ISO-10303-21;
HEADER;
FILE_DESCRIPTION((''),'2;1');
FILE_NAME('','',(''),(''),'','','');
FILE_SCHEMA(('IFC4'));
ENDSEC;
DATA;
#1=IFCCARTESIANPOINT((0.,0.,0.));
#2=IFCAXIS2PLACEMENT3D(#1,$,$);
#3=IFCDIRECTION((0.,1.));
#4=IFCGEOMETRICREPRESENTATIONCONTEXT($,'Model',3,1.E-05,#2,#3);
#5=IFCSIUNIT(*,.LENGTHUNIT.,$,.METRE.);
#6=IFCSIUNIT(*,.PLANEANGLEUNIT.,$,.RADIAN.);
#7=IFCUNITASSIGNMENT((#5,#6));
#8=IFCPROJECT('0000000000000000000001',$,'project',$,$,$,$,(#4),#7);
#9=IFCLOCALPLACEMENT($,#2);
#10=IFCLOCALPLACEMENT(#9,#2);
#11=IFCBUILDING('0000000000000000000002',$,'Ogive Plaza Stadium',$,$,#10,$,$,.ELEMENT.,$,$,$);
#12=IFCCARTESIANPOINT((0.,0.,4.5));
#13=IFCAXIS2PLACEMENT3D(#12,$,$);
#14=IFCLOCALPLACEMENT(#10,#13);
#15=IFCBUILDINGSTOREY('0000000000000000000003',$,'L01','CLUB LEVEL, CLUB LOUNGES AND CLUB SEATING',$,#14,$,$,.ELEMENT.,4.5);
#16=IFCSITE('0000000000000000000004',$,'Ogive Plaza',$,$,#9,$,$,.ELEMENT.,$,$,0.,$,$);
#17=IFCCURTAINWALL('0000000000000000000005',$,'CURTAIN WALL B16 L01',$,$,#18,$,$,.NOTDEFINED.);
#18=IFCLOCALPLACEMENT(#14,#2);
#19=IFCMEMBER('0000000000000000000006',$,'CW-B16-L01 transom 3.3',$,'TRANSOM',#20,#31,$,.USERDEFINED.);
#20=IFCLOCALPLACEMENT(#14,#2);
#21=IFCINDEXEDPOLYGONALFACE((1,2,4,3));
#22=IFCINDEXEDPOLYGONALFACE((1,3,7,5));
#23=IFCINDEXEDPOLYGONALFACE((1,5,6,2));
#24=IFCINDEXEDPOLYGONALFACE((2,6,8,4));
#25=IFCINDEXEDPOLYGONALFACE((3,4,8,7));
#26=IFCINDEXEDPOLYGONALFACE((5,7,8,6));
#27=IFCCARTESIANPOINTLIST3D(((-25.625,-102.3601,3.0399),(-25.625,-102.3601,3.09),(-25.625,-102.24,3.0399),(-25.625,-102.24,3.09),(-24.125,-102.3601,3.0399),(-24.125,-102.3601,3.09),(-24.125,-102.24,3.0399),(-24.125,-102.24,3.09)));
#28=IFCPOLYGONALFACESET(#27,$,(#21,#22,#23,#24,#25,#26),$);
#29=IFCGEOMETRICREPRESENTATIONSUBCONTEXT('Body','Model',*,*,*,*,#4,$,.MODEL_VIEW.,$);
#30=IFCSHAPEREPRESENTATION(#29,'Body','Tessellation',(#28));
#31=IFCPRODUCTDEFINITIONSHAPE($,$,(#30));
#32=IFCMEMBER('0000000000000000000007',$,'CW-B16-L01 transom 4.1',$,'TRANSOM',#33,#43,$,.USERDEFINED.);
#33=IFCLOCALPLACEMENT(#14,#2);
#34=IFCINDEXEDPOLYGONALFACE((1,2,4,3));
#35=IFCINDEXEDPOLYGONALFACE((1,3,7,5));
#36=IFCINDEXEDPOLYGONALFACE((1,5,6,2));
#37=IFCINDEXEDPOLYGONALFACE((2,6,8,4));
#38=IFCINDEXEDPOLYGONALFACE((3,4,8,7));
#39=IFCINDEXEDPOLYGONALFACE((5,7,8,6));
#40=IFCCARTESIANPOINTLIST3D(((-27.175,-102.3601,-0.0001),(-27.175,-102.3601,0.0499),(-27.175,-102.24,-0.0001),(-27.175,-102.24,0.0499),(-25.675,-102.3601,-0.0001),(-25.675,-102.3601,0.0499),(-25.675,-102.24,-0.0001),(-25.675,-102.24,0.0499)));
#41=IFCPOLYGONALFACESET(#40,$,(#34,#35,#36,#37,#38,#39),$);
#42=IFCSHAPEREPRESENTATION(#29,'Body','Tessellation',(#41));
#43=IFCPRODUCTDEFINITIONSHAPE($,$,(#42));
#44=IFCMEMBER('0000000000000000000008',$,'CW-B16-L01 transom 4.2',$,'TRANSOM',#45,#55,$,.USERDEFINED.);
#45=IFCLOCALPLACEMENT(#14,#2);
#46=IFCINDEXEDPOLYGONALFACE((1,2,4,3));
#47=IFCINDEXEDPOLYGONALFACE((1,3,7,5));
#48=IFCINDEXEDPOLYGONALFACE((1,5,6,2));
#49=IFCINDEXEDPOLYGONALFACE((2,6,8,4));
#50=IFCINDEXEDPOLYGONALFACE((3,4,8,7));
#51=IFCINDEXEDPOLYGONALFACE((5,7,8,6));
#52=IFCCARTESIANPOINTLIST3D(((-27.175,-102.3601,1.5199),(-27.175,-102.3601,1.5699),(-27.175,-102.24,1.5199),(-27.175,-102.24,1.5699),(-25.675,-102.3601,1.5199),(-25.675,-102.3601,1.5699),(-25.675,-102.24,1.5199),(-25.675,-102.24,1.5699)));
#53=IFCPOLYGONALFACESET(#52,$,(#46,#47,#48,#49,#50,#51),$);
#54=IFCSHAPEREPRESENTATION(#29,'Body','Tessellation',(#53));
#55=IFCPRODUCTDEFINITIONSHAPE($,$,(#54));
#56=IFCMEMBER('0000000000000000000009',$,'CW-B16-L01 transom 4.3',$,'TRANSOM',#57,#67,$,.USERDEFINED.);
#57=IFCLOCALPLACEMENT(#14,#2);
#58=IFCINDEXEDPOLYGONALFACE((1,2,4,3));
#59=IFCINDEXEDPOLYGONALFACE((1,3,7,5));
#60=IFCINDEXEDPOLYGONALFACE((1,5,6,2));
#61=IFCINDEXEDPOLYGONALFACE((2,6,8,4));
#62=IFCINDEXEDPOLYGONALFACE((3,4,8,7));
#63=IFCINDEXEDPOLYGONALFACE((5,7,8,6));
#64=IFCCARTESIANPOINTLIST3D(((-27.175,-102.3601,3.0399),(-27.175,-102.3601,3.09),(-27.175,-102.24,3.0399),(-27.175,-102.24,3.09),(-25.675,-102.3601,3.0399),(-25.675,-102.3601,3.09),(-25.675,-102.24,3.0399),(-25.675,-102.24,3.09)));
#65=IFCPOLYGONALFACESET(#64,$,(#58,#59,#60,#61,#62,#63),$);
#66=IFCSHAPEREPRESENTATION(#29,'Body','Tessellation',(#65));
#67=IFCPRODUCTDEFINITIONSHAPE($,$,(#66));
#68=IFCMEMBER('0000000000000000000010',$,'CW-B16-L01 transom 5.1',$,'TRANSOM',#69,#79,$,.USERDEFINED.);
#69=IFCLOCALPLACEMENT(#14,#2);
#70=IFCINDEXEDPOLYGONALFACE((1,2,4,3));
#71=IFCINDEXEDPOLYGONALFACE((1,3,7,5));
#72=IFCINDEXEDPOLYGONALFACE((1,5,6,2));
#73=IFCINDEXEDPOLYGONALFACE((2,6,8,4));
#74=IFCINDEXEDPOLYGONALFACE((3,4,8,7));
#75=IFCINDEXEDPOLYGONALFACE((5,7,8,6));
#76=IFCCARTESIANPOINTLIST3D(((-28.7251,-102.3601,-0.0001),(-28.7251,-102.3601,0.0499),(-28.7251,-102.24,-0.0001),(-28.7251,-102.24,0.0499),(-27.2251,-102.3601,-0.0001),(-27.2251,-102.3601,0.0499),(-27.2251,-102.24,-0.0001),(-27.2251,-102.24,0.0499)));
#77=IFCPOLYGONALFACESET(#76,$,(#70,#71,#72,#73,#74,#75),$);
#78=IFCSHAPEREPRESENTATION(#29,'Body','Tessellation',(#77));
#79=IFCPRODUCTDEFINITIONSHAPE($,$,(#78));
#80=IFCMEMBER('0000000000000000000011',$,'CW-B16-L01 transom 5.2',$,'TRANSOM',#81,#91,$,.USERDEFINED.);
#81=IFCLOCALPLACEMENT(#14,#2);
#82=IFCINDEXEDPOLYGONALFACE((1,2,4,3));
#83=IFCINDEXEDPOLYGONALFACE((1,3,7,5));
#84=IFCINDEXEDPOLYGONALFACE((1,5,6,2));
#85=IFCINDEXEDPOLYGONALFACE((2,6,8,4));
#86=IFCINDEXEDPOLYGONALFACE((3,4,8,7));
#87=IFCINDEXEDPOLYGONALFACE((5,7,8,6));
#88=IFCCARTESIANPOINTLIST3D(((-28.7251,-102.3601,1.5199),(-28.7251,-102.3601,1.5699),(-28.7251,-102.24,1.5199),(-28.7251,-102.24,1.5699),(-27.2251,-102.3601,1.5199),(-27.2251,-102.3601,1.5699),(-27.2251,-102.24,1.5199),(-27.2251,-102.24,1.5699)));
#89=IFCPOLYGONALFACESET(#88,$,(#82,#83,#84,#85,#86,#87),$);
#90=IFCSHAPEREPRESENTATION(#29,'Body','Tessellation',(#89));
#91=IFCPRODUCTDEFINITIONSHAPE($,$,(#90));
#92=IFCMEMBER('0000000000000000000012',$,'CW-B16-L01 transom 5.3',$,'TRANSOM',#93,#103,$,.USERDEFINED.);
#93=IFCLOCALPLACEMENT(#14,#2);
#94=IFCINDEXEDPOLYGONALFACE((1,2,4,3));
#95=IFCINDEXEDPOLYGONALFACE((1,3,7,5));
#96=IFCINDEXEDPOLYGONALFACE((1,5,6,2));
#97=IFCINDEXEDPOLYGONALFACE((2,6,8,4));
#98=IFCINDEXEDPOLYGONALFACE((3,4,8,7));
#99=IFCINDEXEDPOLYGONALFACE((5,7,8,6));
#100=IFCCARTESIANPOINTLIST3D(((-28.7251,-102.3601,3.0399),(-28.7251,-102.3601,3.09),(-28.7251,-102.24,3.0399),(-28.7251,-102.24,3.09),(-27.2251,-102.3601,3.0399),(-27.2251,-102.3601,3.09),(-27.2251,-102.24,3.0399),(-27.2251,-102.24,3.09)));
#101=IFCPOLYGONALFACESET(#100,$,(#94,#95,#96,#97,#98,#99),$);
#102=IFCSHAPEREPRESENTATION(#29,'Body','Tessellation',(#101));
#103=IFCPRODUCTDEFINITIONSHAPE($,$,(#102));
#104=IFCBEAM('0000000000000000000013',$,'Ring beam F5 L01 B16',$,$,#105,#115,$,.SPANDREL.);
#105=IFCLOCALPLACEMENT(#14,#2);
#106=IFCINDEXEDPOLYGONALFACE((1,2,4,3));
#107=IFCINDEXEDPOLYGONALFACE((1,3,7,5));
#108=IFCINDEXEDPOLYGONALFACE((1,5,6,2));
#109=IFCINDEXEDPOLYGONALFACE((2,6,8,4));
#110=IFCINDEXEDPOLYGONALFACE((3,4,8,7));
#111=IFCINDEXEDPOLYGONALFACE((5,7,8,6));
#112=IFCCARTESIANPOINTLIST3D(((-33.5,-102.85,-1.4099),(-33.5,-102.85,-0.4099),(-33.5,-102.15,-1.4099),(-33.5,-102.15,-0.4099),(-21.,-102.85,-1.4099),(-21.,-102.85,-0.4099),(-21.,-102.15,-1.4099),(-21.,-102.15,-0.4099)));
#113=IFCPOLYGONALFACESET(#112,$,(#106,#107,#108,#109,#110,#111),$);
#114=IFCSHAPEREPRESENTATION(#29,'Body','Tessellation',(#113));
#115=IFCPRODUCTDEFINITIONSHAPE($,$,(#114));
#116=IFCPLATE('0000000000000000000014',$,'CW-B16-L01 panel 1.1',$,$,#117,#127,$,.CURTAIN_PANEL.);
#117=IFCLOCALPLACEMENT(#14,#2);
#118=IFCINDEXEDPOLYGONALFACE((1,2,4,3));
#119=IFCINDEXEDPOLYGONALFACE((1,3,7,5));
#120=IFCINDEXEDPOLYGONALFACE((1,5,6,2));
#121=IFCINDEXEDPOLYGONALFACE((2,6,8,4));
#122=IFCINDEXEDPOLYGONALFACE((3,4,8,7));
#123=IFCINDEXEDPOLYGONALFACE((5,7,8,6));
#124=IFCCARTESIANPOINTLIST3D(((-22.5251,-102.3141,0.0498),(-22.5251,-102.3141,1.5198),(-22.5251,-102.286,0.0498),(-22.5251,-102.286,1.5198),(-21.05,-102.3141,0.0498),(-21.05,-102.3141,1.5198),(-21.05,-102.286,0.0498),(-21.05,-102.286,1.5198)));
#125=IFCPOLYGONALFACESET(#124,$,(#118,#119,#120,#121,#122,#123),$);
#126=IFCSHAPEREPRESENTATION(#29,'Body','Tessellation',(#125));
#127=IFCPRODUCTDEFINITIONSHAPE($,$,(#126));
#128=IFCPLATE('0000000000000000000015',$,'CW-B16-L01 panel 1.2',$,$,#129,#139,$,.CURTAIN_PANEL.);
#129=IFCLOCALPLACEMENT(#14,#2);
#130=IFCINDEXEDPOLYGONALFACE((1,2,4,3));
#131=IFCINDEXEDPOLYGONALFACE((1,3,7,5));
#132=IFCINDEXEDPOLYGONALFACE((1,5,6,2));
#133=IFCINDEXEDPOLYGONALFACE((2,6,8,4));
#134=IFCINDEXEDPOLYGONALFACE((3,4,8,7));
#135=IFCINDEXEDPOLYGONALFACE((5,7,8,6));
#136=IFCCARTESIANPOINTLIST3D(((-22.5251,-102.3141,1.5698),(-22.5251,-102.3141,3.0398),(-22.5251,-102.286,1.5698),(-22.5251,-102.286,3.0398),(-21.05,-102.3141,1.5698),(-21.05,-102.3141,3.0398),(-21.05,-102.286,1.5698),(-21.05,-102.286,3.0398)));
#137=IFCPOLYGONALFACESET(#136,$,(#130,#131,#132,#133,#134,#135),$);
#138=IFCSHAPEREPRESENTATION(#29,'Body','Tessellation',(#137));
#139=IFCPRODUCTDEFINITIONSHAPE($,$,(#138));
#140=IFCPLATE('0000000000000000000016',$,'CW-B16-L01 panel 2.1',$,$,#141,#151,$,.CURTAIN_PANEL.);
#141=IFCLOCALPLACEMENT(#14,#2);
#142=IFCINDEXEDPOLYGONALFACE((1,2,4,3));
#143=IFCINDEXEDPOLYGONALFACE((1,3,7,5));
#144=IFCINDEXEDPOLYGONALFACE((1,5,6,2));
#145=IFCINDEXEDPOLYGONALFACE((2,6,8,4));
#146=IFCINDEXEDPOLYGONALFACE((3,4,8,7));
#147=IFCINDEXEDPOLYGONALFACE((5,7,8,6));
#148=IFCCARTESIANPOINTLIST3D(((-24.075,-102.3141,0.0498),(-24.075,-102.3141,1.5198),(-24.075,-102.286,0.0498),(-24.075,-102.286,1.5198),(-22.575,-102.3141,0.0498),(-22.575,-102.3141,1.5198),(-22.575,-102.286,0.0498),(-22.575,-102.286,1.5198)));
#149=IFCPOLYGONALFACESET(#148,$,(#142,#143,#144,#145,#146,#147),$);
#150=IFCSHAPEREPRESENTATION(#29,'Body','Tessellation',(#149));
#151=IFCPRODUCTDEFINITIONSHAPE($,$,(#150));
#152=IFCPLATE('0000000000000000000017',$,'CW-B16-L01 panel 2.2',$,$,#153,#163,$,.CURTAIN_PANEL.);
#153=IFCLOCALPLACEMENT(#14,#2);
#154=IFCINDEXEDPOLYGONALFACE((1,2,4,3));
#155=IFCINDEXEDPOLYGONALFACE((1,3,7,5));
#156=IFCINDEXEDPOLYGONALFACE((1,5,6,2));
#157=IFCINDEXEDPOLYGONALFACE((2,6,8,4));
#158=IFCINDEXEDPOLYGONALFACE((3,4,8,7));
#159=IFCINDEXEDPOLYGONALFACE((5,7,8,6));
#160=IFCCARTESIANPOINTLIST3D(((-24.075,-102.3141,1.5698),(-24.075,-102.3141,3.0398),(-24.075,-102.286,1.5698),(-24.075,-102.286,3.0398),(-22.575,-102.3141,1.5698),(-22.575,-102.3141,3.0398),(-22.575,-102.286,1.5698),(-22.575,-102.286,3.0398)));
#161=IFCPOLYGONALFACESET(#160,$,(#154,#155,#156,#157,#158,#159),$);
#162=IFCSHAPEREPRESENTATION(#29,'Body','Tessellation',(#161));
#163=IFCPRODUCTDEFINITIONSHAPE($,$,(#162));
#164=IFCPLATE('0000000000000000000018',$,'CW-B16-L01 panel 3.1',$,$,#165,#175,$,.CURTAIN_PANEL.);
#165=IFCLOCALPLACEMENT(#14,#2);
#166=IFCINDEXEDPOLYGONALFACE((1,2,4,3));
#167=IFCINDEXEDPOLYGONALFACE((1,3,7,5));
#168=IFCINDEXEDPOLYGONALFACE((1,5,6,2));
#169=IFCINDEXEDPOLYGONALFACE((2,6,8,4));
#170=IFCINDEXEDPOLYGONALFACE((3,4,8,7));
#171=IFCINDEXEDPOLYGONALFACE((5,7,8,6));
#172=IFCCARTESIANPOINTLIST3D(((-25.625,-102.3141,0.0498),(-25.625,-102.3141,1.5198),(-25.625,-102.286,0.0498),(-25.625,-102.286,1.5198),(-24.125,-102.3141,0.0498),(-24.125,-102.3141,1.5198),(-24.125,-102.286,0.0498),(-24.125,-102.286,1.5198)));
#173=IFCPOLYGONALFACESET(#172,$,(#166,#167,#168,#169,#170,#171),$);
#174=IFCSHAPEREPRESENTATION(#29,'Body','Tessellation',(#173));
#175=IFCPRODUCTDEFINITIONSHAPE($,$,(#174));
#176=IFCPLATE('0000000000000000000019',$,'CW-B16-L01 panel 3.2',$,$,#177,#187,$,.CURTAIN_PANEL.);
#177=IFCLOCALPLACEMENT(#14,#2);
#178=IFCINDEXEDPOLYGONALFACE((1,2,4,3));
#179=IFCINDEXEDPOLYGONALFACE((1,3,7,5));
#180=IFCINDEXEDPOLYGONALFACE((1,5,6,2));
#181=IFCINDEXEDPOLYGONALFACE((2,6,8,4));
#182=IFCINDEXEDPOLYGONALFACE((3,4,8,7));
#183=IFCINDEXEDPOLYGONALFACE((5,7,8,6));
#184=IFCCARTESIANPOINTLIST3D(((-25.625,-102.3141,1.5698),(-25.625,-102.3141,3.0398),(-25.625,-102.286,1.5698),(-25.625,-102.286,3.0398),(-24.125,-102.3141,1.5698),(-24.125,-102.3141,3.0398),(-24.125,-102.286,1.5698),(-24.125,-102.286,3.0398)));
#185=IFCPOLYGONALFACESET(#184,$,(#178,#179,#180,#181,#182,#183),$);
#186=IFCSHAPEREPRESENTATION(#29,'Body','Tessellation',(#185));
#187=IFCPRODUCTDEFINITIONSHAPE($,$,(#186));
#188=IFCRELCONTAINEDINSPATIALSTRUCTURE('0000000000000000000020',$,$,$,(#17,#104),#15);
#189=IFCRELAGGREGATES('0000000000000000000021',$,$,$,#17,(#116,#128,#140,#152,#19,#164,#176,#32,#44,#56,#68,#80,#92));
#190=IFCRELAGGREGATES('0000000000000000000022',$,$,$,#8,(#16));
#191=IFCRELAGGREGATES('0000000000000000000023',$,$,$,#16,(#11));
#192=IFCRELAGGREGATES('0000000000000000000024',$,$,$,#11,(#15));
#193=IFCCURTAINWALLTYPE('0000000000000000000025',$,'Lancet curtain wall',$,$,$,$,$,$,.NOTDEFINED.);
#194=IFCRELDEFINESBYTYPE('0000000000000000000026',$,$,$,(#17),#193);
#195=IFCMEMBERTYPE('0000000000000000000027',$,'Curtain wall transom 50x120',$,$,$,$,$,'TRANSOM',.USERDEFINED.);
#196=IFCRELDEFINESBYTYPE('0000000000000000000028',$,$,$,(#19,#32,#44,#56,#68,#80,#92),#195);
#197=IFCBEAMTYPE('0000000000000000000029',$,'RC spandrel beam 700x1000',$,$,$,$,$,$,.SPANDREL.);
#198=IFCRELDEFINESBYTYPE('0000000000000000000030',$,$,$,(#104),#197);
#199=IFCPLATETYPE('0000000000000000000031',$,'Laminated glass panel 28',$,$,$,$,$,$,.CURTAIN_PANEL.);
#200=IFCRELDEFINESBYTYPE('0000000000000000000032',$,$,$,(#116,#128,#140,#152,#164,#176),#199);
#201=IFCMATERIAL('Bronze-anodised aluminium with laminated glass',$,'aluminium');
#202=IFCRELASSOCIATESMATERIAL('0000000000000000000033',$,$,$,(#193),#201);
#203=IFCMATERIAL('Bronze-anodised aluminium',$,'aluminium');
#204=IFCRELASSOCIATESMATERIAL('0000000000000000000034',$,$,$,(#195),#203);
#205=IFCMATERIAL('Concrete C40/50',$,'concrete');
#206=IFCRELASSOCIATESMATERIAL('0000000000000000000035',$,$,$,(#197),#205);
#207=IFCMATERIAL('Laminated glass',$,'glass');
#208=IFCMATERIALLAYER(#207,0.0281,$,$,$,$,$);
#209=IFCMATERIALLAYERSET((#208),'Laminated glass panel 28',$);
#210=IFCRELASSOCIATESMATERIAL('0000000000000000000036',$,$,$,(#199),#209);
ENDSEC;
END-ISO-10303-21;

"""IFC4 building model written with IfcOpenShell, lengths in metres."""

from ifc_helpers import new_model, si_unit, direction, frame, origin, origin_2d, place, context, subcontext, project, spatial, rectangle, extrude, material, layer, layer_set, material_profile, profile_set, type_object, element, aggregate, save


model = new_model("IFC4")

# Units and contexts
model_context = context("Model", 3, precision=1e-05, world=origin(), true_north=direction((0.0, 1.0)))
body_context = subcontext(model_context, "Body", "Model", "MODEL_VIEW")
ifc_project = project(units=[si_unit("LENGTHUNIT", "METRE"), si_unit("PLANEANGLEUNIT", "RADIAN")], contexts=[model_context])

# Site, building, storey
site_placement = place(None, origin())
site = spatial("IfcSite", under=ifc_project, at=site_placement, Name="Ogive Plaza", CompositionType="ELEMENT", RefElevation=0.0)
building_placement = place(site_placement, origin())
building = spatial("IfcBuilding", under=site, at=building_placement, Name="Ogive Plaza Stadium", CompositionType="ELEMENT")
storey_placement = place(building_placement, frame((0.0, 0.0, 4.5)))
storey = spatial("IfcBuildingStorey", under=building, at=storey_placement, Name="L01", Description="CLUB LEVEL, CLUB LOUNGES AND CLUB SEATING", CompositionType="ELEMENT", Elevation=4.5)

# Curtain wall, members
ifc_material_1 = material(Name="Bronze-anodised aluminium with laminated glass", Category="aluminium")
curtain_wall_type = type_object("IfcCurtainWallType", Name="Lancet curtain wall", PredefinedType="NOTDEFINED", material=ifc_material_1)
curtain_wall_placement = place(storey_placement, origin())
curtain_wall = element("IfcCurtainWall", 1, at=curtain_wall_placement, inside=storey, type_object=curtain_wall_type, Name="CURTAIN WALL B16 L01", PredefinedType="NOTDEFINED")
ifc_material_2 = material(Name="Bronze-anodised aluminium", Category="aluminium")
ifc_material_profile_1 = material_profile(ifc_material_2, rectangle(XDim=0.1201, YDim=0.05, at=origin_2d()), Name="AL 120x50")
ifc_profile_set_1 = profile_set([ifc_material_profile_1], Name="Bronze-anodised aluminium")
member_type_1 = type_object("IfcMemberType", Name="Curtain wall transom 50x120", ElementType="TRANSOM", PredefinedType="USERDEFINED", material=ifc_profile_set_1)
member_1_placement = place(storey_placement, frame((-24.125, -102.3, 3.0649), z_axis=(-1.0, 0.0, 0.0), x_axis=(0.0, -1.0, 0.0)))
member_1 = element("IfcMember", 2, at=member_1_placement, type_object=member_type_1, Name="CW-B16-L01 transom 3.3", ObjectType="TRANSOM", PredefinedType="USERDEFINED", context=body_context, shape_type="SweptSolid", body=[
    extrude(rectangle(XDim=0.1201, YDim=0.05, at=origin_2d()), origin(), (0.0, 0.0, 1.0), 1.5),
])
member_2_placement = place(storey_placement, frame((-25.675, -102.3, 0.0249), z_axis=(-1.0, 0.0, 0.0), x_axis=(0.0, -1.0, 0.0)))
member_2 = element("IfcMember", 3, at=member_2_placement, type_object=member_type_1, Name="CW-B16-L01 transom 4.1", ObjectType="TRANSOM", PredefinedType="USERDEFINED", context=body_context, shape_type="SweptSolid", body=[
    extrude(rectangle(XDim=0.1201, YDim=0.05, at=origin_2d()), origin(), (0.0, 0.0, 1.0), 1.5),
])
member_3_placement = place(storey_placement, frame((-25.675, -102.3, 1.5449), z_axis=(-1.0, 0.0, 0.0), x_axis=(0.0, -1.0, 0.0)))
member_3 = element("IfcMember", 4, at=member_3_placement, type_object=member_type_1, Name="CW-B16-L01 transom 4.2", ObjectType="TRANSOM", PredefinedType="USERDEFINED", context=body_context, shape_type="SweptSolid", body=[
    extrude(rectangle(XDim=0.1201, YDim=0.05, at=origin_2d()), origin(), (0.0, 0.0, 1.0), 1.5),
])
member_4_placement = place(storey_placement, frame((-25.675, -102.3, 3.0649), z_axis=(-1.0, 0.0, 0.0), x_axis=(0.0, -1.0, 0.0)))
member_4 = element("IfcMember", 5, at=member_4_placement, type_object=member_type_1, Name="CW-B16-L01 transom 4.3", ObjectType="TRANSOM", PredefinedType="USERDEFINED", context=body_context, shape_type="SweptSolid", body=[
    extrude(rectangle(XDim=0.1201, YDim=0.05, at=origin_2d()), origin(), (0.0, 0.0, 1.0), 1.5),
])
member_5_placement = place(storey_placement, frame((-27.2251, -102.3, 0.0249), z_axis=(-1.0, 0.0, 0.0), x_axis=(0.0, -1.0, 0.0)))
member_5 = element("IfcMember", 6, at=member_5_placement, type_object=member_type_1, Name="CW-B16-L01 transom 5.1", ObjectType="TRANSOM", PredefinedType="USERDEFINED", context=body_context, shape_type="SweptSolid", body=[
    extrude(rectangle(XDim=0.1201, YDim=0.05, at=origin_2d()), origin(), (0.0, 0.0, 1.0), 1.5),
])
member_6_placement = place(storey_placement, frame((-27.2251, -102.3, 1.5449), z_axis=(-1.0, 0.0, 0.0), x_axis=(0.0, -1.0, 0.0)))
member_6 = element("IfcMember", 7, at=member_6_placement, type_object=member_type_1, Name="CW-B16-L01 transom 5.2", ObjectType="TRANSOM", PredefinedType="USERDEFINED", context=body_context, shape_type="SweptSolid", body=[
    extrude(rectangle(XDim=0.1201, YDim=0.05, at=origin_2d()), origin(), (0.0, 0.0, 1.0), 1.5),
])
member_7_placement = place(storey_placement, frame((-27.2251, -102.3, 3.0649), z_axis=(-1.0, 0.0, 0.0), x_axis=(0.0, -1.0, 0.0)))
member_7 = element("IfcMember", 8, at=member_7_placement, type_object=member_type_1, Name="CW-B16-L01 transom 5.3", ObjectType="TRANSOM", PredefinedType="USERDEFINED", context=body_context, shape_type="SweptSolid", body=[
    extrude(rectangle(XDim=0.1201, YDim=0.05, at=origin_2d()), origin(), (0.0, 0.0, 1.0), 1.5),
])

# Beam
ifc_material_3 = material(Name="Concrete C40/50", Category="concrete")
ifc_material_profile_2 = material_profile(ifc_material_3, rectangle(XDim=0.7, YDim=1.0, at=origin_2d()), Name="RC 700x1000")
ifc_profile_set_2 = profile_set([ifc_material_profile_2], Name="Concrete C40/50")
beam_type = type_object("IfcBeamType", Name="RC spandrel beam 700x1000", PredefinedType="SPANDREL", material=ifc_profile_set_2)
beam_placement = place(storey_placement, frame((-21.0, -102.5, -0.9099), z_axis=(-1.0, 0.0, 0.0), x_axis=(0.0, -1.0, 0.0)))
element("IfcBeam", 9, at=beam_placement, inside=storey, type_object=beam_type, Name="Ring beam F5 L01 B16", PredefinedType="SPANDREL", context=body_context, shape_type="SweptSolid", body=[
    extrude(rectangle(XDim=0.7, YDim=1.0, at=origin_2d()), origin(), (0.0, 0.0, 1.0), 12.5),
])

# Plates
ifc_material_4 = material(Name="Laminated glass", Category="glass")
ifc_layer_1 = layer(ifc_material_4, 0.0281)
ifc_layer_set_1 = layer_set([ifc_layer_1], Name="Laminated glass panel 28")
plate_type = type_object("IfcPlateType", Name="Laminated glass panel 28", PredefinedType="CURTAIN_PANEL", material=ifc_layer_set_1)
plate_1_placement = place(storey_placement, frame((-21.7876, -102.3, 0.0498), z_axis=(0.0, 0.0, 1.0), x_axis=(-1.0, 0.0, 0.0)))
plate_1 = element("IfcPlate", 10, at=plate_1_placement, type_object=plate_type, Name="CW-B16-L01 panel 1.1", PredefinedType="CURTAIN_PANEL", context=body_context, shape_type="SweptSolid", body=[
    extrude(rectangle(XDim=1.4751, YDim=0.0281, at=origin_2d()), origin(), (0.0, 0.0, 1.0), 1.47),
])
plate_2_placement = place(storey_placement, frame((-21.7876, -102.3, 1.5698), z_axis=(0.0, 0.0, 1.0), x_axis=(-1.0, 0.0, 0.0)))
plate_2 = element("IfcPlate", 11, at=plate_2_placement, type_object=plate_type, Name="CW-B16-L01 panel 1.2", PredefinedType="CURTAIN_PANEL", context=body_context, shape_type="SweptSolid", body=[
    extrude(rectangle(XDim=1.4751, YDim=0.0281, at=origin_2d()), origin(), (0.0, 0.0, 1.0), 1.47),
])
plate_3_placement = place(storey_placement, frame((-23.325, -102.3, 0.0498), z_axis=(0.0, 0.0, 1.0), x_axis=(-1.0, 0.0, 0.0)))
plate_3 = element("IfcPlate", 12, at=plate_3_placement, type_object=plate_type, Name="CW-B16-L01 panel 2.1", PredefinedType="CURTAIN_PANEL", context=body_context, shape_type="SweptSolid", body=[
    extrude(rectangle(XDim=1.5, YDim=0.0281, at=origin_2d()), origin(), (0.0, 0.0, 1.0), 1.47),
])
plate_4_placement = place(storey_placement, frame((-23.325, -102.3, 1.5698), z_axis=(0.0, 0.0, 1.0), x_axis=(-1.0, 0.0, 0.0)))
plate_4 = element("IfcPlate", 13, at=plate_4_placement, type_object=plate_type, Name="CW-B16-L01 panel 2.2", PredefinedType="CURTAIN_PANEL", context=body_context, shape_type="SweptSolid", body=[
    extrude(rectangle(XDim=1.5, YDim=0.0281, at=origin_2d()), origin(), (0.0, 0.0, 1.0), 1.47),
])
plate_5_placement = place(storey_placement, frame((-24.875, -102.3, 0.0498), z_axis=(0.0, 0.0, 1.0), x_axis=(-1.0, 0.0, 0.0)))
plate_5 = element("IfcPlate", 14, at=plate_5_placement, type_object=plate_type, Name="CW-B16-L01 panel 3.1", PredefinedType="CURTAIN_PANEL", context=body_context, shape_type="SweptSolid", body=[
    extrude(rectangle(XDim=1.5, YDim=0.0281, at=origin_2d()), origin(), (0.0, 0.0, 1.0), 1.47),
])
plate_6_placement = place(storey_placement, frame((-24.875, -102.3, 1.5698), z_axis=(0.0, 0.0, 1.0), x_axis=(-1.0, 0.0, 0.0)))
plate_6 = element("IfcPlate", 15, at=plate_6_placement, type_object=plate_type, Name="CW-B16-L01 panel 3.2", PredefinedType="CURTAIN_PANEL", context=body_context, shape_type="SweptSolid", body=[
    extrude(rectangle(XDim=1.5, YDim=0.0281, at=origin_2d()), origin(), (0.0, 0.0, 1.0), 1.47),
])
aggregate(curtain_wall, [plate_1, plate_2, plate_3, plate_4, member_1, plate_5, plate_6, member_2, member_3, member_4, member_5, member_6, member_7])

save(model, "model.ifc")
